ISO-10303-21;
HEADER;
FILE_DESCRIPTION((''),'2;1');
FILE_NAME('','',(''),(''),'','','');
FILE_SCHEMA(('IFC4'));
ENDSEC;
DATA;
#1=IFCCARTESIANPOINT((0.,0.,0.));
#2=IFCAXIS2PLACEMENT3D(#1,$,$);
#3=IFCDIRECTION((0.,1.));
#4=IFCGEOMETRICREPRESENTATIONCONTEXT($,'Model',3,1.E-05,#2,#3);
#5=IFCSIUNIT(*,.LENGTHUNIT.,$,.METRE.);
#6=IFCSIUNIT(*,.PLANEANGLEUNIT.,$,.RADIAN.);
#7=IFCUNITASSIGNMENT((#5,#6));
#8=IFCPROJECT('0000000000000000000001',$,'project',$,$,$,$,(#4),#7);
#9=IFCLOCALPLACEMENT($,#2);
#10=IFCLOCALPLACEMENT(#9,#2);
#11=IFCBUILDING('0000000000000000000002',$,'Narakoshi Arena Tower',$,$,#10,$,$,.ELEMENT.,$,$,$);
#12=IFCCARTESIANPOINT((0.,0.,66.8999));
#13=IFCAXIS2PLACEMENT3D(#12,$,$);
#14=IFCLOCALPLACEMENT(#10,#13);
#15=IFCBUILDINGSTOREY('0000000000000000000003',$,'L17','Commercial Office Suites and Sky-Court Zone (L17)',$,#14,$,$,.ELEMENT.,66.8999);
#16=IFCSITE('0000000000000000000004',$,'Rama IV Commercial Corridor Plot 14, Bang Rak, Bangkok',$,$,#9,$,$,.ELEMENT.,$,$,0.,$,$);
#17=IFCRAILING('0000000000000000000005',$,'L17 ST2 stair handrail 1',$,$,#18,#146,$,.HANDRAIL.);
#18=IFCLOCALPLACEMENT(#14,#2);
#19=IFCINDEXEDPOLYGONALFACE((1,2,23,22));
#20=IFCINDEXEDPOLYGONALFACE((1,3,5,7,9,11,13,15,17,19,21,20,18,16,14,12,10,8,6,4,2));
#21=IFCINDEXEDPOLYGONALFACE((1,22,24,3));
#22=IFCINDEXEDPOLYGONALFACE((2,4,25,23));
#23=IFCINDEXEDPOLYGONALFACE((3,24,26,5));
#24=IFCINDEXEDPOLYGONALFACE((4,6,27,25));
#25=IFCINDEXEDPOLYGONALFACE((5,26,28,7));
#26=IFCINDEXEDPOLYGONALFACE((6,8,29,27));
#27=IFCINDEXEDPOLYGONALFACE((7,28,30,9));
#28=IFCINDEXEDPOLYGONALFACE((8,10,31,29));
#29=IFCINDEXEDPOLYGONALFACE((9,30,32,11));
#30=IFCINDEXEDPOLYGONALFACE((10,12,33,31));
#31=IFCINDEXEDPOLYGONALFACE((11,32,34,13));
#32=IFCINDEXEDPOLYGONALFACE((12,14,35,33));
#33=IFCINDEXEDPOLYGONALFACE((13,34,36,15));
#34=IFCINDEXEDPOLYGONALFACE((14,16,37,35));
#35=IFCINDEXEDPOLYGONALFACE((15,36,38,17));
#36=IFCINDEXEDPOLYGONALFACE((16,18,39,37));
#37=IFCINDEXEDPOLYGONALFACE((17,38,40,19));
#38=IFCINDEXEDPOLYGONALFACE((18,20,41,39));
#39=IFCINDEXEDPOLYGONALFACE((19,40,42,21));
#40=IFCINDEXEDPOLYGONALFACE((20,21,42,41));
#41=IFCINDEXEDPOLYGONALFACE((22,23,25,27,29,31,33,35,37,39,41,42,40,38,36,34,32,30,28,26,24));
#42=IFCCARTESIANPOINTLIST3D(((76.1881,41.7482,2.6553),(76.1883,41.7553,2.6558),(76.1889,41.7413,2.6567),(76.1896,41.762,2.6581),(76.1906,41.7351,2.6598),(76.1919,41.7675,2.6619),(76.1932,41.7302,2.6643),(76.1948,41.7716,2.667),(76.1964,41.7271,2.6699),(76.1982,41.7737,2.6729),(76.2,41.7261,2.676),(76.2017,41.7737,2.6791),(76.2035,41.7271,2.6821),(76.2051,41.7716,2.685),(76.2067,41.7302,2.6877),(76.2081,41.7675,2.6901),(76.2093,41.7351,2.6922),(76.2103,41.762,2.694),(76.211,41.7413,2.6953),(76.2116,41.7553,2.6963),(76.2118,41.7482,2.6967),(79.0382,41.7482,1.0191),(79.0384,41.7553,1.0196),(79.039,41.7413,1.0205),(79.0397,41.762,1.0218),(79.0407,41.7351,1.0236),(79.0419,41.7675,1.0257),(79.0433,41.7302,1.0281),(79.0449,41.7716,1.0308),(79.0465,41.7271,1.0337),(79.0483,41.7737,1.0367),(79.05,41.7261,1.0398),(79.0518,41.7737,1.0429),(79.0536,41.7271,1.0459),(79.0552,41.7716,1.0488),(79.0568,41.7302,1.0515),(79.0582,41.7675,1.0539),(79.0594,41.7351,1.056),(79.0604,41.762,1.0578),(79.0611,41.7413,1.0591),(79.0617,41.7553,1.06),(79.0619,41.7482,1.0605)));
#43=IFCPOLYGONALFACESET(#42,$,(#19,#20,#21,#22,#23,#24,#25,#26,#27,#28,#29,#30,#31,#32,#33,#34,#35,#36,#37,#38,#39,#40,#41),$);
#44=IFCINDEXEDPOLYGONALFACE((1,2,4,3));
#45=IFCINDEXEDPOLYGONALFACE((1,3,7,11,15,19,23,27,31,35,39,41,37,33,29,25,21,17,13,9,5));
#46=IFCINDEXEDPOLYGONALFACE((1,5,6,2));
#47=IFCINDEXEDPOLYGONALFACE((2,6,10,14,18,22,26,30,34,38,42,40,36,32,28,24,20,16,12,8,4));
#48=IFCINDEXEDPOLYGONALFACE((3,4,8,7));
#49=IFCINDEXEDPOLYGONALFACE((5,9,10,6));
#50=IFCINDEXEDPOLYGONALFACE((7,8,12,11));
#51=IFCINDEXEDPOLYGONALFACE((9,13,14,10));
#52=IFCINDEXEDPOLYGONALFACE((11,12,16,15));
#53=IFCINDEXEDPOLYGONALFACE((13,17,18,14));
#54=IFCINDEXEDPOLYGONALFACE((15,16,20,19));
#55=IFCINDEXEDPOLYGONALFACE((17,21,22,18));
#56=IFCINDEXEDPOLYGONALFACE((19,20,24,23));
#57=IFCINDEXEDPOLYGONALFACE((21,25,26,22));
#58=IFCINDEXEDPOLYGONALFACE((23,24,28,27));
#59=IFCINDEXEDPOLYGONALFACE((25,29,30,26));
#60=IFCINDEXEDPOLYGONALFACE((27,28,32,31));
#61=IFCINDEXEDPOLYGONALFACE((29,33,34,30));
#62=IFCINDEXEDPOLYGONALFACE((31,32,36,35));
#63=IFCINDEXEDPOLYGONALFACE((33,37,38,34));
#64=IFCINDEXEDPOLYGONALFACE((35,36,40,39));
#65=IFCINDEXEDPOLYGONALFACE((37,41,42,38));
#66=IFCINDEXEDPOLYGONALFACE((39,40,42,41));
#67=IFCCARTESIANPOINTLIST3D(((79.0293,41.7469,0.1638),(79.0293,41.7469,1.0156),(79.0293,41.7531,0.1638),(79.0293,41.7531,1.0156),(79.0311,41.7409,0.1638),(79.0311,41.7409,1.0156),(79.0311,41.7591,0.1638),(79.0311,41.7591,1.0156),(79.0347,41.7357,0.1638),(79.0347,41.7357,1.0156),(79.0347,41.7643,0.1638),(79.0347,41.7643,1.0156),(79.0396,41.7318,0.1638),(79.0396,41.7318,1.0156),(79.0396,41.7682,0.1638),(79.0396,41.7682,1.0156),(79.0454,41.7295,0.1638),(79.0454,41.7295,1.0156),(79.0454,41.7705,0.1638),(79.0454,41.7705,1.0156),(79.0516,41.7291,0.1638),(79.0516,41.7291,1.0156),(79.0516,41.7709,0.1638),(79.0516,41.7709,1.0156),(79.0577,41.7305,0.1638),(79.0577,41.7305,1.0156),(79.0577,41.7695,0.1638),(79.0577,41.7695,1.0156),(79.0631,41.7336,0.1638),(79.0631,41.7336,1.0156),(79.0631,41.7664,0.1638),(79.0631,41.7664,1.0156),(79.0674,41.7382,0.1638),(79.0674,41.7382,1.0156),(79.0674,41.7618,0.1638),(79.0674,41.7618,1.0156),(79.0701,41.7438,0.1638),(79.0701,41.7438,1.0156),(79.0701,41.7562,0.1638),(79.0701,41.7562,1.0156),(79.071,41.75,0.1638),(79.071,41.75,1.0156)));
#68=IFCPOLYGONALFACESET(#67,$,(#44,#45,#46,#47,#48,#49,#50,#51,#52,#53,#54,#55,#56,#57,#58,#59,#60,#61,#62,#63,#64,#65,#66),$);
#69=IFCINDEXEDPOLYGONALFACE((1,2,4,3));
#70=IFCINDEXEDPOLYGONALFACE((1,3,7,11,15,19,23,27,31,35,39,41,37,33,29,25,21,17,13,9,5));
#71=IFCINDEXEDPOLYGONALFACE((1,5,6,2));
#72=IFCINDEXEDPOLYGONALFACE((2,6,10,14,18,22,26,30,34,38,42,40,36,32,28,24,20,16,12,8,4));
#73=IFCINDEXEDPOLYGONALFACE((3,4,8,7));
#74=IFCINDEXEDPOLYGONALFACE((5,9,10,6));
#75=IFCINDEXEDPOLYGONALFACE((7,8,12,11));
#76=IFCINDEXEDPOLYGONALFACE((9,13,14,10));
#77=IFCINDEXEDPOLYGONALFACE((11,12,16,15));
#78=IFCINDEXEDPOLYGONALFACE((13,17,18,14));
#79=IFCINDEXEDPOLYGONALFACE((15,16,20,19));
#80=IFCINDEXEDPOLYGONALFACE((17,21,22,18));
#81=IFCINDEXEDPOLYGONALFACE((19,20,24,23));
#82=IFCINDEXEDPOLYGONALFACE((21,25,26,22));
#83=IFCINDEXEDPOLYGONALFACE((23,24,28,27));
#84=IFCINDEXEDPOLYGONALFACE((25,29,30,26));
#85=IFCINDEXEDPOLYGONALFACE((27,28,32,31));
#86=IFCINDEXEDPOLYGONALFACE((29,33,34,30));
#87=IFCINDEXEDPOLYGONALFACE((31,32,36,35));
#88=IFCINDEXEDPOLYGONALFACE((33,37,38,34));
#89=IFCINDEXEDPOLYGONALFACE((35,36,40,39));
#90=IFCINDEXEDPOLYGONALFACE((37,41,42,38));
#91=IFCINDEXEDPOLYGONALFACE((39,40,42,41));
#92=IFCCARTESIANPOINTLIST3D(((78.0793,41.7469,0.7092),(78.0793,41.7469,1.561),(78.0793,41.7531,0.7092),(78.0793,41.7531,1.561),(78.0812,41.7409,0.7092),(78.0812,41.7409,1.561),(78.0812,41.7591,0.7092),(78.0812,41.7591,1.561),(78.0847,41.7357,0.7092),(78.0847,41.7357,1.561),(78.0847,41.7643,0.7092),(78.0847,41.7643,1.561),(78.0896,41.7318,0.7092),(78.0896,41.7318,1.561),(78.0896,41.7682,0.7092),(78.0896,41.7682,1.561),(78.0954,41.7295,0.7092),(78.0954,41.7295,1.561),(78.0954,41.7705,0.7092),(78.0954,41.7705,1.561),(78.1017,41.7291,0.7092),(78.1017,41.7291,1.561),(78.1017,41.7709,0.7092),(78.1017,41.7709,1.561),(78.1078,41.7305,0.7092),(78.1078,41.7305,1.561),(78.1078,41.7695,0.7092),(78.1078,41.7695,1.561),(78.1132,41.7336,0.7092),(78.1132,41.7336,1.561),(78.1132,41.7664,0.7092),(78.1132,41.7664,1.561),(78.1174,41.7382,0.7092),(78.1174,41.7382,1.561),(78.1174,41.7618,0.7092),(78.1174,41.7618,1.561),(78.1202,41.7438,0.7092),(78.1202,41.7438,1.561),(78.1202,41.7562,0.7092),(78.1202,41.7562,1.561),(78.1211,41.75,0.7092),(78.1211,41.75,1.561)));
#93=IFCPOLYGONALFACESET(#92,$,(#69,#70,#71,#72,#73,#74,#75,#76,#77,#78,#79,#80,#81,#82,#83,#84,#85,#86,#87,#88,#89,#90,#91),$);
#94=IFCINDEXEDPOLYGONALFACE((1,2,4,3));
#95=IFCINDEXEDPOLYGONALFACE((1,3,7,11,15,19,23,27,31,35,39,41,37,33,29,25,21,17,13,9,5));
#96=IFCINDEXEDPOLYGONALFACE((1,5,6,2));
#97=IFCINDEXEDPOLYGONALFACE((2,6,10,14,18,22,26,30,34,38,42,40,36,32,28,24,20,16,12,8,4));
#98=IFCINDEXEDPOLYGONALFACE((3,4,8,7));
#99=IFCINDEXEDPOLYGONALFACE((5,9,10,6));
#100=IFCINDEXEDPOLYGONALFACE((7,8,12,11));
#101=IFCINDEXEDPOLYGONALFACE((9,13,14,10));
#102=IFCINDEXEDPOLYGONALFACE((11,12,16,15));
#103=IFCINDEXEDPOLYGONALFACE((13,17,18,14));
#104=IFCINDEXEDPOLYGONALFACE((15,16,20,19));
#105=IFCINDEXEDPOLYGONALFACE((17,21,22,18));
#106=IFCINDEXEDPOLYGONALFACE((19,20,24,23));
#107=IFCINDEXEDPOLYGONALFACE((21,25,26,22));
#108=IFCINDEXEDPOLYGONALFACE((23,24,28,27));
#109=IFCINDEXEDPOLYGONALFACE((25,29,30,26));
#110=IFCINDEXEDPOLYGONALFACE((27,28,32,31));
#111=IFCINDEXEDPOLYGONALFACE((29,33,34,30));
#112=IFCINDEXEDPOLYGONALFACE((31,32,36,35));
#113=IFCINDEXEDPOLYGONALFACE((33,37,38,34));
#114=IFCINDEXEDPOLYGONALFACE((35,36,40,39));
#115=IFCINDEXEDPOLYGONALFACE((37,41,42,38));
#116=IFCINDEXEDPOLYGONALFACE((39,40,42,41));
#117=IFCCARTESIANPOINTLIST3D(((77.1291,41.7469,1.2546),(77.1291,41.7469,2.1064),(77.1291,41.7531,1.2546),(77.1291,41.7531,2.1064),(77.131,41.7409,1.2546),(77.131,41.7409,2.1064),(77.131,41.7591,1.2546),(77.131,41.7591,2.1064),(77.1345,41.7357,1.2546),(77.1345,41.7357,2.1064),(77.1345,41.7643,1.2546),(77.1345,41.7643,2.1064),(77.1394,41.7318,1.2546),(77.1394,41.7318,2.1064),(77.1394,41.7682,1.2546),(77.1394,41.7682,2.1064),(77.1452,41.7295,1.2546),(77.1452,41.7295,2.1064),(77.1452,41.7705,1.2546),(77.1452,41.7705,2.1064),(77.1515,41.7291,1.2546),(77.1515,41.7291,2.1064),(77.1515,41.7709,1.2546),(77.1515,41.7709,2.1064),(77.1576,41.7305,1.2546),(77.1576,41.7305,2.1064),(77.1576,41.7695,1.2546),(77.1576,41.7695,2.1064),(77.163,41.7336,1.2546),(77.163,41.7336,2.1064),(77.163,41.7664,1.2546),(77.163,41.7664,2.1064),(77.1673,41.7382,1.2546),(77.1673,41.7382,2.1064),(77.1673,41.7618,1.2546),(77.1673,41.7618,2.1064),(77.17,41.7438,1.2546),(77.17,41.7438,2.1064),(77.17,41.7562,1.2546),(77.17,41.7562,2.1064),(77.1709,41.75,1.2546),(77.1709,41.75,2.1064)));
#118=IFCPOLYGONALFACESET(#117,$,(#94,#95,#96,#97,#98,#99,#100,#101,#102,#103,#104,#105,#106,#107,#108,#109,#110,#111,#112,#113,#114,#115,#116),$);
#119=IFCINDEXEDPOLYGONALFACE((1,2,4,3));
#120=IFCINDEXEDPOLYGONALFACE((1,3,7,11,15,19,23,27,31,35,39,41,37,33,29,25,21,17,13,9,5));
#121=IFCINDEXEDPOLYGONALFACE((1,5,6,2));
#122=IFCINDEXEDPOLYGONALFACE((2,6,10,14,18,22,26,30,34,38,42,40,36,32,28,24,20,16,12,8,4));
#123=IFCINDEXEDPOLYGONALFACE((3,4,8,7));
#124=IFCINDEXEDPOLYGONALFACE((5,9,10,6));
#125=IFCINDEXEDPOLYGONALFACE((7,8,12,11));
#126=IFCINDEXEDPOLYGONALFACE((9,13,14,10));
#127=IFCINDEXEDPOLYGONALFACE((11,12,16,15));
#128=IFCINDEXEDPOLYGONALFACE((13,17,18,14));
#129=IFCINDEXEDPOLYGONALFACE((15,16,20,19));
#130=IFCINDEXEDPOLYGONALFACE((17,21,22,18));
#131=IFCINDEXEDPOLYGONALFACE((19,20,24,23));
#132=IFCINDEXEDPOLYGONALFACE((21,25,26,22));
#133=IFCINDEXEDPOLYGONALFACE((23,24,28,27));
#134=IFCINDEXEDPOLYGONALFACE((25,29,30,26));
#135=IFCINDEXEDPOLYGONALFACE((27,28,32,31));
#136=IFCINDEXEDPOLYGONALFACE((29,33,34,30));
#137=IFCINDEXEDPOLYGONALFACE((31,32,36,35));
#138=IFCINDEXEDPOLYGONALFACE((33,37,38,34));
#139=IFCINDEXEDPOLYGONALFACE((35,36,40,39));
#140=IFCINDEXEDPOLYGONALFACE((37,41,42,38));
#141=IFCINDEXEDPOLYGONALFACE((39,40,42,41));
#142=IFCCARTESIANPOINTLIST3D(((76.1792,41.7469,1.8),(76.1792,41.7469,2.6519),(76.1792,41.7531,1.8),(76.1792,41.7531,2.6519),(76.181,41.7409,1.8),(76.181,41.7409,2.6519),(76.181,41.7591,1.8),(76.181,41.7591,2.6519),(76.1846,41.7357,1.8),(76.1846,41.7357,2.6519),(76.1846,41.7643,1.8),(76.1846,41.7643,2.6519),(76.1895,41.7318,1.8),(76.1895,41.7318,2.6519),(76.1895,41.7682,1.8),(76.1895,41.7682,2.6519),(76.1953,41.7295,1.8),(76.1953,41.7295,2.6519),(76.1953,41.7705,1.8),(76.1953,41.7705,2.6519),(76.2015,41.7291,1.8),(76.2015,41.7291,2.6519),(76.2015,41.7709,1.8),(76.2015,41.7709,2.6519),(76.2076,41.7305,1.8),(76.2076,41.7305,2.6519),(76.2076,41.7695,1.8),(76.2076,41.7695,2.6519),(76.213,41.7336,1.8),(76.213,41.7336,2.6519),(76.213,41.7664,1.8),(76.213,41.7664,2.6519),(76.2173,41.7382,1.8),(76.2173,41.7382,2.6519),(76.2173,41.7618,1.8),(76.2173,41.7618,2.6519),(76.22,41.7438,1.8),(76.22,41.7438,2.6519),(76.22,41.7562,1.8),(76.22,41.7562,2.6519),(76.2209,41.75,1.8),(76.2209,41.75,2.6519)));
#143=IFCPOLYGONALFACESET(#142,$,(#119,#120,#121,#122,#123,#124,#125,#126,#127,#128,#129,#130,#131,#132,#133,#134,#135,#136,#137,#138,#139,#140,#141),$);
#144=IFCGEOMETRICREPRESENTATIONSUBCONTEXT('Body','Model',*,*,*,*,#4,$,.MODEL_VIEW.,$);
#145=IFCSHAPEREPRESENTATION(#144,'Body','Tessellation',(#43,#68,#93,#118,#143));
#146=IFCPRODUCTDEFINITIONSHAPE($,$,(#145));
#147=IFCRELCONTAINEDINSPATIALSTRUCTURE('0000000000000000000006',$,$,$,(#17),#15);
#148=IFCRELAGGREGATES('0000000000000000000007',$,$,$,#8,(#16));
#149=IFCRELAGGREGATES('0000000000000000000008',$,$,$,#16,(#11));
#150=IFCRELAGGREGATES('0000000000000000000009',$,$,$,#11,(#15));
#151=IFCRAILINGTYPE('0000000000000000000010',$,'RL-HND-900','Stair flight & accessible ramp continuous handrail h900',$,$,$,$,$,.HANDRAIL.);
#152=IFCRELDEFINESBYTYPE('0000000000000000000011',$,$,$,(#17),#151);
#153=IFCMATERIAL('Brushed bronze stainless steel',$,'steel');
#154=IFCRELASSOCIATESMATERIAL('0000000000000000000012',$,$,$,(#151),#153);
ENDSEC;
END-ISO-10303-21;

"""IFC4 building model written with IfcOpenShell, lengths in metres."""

from ifc_helpers import new_model, si_unit, direction, frame, origin, origin_2d, place, context, subcontext, project, spatial, circle, extrude, material, type_object, element, save


model = new_model("IFC4")

# Units and contexts
model_context = context("Model", 3, precision=1e-05, world=origin(), true_north=direction((0.0, 1.0)))
body_context = subcontext(model_context, "Body", "Model", "MODEL_VIEW")
ifc_project = project(units=[si_unit("LENGTHUNIT", "METRE"), si_unit("PLANEANGLEUNIT", "RADIAN")], contexts=[model_context])

# Site, building, storey
site_placement = place(None, origin())
site = spatial("IfcSite", under=ifc_project, at=site_placement, Name="Rama IV Commercial Corridor Plot 14, Bang Rak, Bangkok", CompositionType="ELEMENT", RefElevation=0.0)
building_placement = place(site_placement, origin())
building = spatial("IfcBuilding", under=site, at=building_placement, Name="Narakoshi Arena Tower", CompositionType="ELEMENT")
storey_placement = place(building_placement, frame((0.0, 0.0, 66.8999)))
storey = spatial("IfcBuildingStorey", under=building, at=storey_placement, Name="L17", Description="Commercial Office Suites and Sky-Court Zone (L17)", CompositionType="ELEMENT", Elevation=66.8999)

# Shared definitions
ifc_material_1 = material(Name="Brushed bronze stainless steel", Category="steel")

# Railing
railing_type_1 = type_object("IfcRailingType", Name="RL-HND-900", Description="Stair flight & accessible ramp continuous handrail h900", PredefinedType="HANDRAIL", material=ifc_material_1)
railing_1_placement = place(storey_placement, frame((79.05, 41.75, 0.1638)))
element("IfcRailing", 1, at=railing_1_placement, inside=storey, type_object=railing_type_1, Name="L17 ST2 stair handrail 1", PredefinedType="HANDRAIL", context=body_context, shape_type="SweptSolid", body=[
    extrude(circle(Radius=0.0239, at=origin_2d()), frame((0.0, 0.0, 0.876), z_axis=(-0.867245, 0.0, 0.497882), x_axis=(0.0, -1.0, 0.0)), (0.0, 0.0, 1.0), 3.2864),
    extrude(circle(Radius=0.021, at=origin_2d()), origin(), (0.0, 0.0, 1.0), 0.8518),
    extrude(circle(Radius=0.021, at=origin_2d()), frame((-0.95, 0.0, 0.5454)), (0.0, 0.0, 1.0), 0.8518),
    extrude(circle(Radius=0.021, at=origin_2d()), frame((-1.9001, 0.0, 1.0908)), (0.0, 0.0, 1.0), 0.8518),
    extrude(circle(Radius=0.021, at=origin_2d()), frame((-2.8501, 0.0, 1.6362)), (0.0, 0.0, 1.0), 0.8518),
])

save(model, "model.ifc")
